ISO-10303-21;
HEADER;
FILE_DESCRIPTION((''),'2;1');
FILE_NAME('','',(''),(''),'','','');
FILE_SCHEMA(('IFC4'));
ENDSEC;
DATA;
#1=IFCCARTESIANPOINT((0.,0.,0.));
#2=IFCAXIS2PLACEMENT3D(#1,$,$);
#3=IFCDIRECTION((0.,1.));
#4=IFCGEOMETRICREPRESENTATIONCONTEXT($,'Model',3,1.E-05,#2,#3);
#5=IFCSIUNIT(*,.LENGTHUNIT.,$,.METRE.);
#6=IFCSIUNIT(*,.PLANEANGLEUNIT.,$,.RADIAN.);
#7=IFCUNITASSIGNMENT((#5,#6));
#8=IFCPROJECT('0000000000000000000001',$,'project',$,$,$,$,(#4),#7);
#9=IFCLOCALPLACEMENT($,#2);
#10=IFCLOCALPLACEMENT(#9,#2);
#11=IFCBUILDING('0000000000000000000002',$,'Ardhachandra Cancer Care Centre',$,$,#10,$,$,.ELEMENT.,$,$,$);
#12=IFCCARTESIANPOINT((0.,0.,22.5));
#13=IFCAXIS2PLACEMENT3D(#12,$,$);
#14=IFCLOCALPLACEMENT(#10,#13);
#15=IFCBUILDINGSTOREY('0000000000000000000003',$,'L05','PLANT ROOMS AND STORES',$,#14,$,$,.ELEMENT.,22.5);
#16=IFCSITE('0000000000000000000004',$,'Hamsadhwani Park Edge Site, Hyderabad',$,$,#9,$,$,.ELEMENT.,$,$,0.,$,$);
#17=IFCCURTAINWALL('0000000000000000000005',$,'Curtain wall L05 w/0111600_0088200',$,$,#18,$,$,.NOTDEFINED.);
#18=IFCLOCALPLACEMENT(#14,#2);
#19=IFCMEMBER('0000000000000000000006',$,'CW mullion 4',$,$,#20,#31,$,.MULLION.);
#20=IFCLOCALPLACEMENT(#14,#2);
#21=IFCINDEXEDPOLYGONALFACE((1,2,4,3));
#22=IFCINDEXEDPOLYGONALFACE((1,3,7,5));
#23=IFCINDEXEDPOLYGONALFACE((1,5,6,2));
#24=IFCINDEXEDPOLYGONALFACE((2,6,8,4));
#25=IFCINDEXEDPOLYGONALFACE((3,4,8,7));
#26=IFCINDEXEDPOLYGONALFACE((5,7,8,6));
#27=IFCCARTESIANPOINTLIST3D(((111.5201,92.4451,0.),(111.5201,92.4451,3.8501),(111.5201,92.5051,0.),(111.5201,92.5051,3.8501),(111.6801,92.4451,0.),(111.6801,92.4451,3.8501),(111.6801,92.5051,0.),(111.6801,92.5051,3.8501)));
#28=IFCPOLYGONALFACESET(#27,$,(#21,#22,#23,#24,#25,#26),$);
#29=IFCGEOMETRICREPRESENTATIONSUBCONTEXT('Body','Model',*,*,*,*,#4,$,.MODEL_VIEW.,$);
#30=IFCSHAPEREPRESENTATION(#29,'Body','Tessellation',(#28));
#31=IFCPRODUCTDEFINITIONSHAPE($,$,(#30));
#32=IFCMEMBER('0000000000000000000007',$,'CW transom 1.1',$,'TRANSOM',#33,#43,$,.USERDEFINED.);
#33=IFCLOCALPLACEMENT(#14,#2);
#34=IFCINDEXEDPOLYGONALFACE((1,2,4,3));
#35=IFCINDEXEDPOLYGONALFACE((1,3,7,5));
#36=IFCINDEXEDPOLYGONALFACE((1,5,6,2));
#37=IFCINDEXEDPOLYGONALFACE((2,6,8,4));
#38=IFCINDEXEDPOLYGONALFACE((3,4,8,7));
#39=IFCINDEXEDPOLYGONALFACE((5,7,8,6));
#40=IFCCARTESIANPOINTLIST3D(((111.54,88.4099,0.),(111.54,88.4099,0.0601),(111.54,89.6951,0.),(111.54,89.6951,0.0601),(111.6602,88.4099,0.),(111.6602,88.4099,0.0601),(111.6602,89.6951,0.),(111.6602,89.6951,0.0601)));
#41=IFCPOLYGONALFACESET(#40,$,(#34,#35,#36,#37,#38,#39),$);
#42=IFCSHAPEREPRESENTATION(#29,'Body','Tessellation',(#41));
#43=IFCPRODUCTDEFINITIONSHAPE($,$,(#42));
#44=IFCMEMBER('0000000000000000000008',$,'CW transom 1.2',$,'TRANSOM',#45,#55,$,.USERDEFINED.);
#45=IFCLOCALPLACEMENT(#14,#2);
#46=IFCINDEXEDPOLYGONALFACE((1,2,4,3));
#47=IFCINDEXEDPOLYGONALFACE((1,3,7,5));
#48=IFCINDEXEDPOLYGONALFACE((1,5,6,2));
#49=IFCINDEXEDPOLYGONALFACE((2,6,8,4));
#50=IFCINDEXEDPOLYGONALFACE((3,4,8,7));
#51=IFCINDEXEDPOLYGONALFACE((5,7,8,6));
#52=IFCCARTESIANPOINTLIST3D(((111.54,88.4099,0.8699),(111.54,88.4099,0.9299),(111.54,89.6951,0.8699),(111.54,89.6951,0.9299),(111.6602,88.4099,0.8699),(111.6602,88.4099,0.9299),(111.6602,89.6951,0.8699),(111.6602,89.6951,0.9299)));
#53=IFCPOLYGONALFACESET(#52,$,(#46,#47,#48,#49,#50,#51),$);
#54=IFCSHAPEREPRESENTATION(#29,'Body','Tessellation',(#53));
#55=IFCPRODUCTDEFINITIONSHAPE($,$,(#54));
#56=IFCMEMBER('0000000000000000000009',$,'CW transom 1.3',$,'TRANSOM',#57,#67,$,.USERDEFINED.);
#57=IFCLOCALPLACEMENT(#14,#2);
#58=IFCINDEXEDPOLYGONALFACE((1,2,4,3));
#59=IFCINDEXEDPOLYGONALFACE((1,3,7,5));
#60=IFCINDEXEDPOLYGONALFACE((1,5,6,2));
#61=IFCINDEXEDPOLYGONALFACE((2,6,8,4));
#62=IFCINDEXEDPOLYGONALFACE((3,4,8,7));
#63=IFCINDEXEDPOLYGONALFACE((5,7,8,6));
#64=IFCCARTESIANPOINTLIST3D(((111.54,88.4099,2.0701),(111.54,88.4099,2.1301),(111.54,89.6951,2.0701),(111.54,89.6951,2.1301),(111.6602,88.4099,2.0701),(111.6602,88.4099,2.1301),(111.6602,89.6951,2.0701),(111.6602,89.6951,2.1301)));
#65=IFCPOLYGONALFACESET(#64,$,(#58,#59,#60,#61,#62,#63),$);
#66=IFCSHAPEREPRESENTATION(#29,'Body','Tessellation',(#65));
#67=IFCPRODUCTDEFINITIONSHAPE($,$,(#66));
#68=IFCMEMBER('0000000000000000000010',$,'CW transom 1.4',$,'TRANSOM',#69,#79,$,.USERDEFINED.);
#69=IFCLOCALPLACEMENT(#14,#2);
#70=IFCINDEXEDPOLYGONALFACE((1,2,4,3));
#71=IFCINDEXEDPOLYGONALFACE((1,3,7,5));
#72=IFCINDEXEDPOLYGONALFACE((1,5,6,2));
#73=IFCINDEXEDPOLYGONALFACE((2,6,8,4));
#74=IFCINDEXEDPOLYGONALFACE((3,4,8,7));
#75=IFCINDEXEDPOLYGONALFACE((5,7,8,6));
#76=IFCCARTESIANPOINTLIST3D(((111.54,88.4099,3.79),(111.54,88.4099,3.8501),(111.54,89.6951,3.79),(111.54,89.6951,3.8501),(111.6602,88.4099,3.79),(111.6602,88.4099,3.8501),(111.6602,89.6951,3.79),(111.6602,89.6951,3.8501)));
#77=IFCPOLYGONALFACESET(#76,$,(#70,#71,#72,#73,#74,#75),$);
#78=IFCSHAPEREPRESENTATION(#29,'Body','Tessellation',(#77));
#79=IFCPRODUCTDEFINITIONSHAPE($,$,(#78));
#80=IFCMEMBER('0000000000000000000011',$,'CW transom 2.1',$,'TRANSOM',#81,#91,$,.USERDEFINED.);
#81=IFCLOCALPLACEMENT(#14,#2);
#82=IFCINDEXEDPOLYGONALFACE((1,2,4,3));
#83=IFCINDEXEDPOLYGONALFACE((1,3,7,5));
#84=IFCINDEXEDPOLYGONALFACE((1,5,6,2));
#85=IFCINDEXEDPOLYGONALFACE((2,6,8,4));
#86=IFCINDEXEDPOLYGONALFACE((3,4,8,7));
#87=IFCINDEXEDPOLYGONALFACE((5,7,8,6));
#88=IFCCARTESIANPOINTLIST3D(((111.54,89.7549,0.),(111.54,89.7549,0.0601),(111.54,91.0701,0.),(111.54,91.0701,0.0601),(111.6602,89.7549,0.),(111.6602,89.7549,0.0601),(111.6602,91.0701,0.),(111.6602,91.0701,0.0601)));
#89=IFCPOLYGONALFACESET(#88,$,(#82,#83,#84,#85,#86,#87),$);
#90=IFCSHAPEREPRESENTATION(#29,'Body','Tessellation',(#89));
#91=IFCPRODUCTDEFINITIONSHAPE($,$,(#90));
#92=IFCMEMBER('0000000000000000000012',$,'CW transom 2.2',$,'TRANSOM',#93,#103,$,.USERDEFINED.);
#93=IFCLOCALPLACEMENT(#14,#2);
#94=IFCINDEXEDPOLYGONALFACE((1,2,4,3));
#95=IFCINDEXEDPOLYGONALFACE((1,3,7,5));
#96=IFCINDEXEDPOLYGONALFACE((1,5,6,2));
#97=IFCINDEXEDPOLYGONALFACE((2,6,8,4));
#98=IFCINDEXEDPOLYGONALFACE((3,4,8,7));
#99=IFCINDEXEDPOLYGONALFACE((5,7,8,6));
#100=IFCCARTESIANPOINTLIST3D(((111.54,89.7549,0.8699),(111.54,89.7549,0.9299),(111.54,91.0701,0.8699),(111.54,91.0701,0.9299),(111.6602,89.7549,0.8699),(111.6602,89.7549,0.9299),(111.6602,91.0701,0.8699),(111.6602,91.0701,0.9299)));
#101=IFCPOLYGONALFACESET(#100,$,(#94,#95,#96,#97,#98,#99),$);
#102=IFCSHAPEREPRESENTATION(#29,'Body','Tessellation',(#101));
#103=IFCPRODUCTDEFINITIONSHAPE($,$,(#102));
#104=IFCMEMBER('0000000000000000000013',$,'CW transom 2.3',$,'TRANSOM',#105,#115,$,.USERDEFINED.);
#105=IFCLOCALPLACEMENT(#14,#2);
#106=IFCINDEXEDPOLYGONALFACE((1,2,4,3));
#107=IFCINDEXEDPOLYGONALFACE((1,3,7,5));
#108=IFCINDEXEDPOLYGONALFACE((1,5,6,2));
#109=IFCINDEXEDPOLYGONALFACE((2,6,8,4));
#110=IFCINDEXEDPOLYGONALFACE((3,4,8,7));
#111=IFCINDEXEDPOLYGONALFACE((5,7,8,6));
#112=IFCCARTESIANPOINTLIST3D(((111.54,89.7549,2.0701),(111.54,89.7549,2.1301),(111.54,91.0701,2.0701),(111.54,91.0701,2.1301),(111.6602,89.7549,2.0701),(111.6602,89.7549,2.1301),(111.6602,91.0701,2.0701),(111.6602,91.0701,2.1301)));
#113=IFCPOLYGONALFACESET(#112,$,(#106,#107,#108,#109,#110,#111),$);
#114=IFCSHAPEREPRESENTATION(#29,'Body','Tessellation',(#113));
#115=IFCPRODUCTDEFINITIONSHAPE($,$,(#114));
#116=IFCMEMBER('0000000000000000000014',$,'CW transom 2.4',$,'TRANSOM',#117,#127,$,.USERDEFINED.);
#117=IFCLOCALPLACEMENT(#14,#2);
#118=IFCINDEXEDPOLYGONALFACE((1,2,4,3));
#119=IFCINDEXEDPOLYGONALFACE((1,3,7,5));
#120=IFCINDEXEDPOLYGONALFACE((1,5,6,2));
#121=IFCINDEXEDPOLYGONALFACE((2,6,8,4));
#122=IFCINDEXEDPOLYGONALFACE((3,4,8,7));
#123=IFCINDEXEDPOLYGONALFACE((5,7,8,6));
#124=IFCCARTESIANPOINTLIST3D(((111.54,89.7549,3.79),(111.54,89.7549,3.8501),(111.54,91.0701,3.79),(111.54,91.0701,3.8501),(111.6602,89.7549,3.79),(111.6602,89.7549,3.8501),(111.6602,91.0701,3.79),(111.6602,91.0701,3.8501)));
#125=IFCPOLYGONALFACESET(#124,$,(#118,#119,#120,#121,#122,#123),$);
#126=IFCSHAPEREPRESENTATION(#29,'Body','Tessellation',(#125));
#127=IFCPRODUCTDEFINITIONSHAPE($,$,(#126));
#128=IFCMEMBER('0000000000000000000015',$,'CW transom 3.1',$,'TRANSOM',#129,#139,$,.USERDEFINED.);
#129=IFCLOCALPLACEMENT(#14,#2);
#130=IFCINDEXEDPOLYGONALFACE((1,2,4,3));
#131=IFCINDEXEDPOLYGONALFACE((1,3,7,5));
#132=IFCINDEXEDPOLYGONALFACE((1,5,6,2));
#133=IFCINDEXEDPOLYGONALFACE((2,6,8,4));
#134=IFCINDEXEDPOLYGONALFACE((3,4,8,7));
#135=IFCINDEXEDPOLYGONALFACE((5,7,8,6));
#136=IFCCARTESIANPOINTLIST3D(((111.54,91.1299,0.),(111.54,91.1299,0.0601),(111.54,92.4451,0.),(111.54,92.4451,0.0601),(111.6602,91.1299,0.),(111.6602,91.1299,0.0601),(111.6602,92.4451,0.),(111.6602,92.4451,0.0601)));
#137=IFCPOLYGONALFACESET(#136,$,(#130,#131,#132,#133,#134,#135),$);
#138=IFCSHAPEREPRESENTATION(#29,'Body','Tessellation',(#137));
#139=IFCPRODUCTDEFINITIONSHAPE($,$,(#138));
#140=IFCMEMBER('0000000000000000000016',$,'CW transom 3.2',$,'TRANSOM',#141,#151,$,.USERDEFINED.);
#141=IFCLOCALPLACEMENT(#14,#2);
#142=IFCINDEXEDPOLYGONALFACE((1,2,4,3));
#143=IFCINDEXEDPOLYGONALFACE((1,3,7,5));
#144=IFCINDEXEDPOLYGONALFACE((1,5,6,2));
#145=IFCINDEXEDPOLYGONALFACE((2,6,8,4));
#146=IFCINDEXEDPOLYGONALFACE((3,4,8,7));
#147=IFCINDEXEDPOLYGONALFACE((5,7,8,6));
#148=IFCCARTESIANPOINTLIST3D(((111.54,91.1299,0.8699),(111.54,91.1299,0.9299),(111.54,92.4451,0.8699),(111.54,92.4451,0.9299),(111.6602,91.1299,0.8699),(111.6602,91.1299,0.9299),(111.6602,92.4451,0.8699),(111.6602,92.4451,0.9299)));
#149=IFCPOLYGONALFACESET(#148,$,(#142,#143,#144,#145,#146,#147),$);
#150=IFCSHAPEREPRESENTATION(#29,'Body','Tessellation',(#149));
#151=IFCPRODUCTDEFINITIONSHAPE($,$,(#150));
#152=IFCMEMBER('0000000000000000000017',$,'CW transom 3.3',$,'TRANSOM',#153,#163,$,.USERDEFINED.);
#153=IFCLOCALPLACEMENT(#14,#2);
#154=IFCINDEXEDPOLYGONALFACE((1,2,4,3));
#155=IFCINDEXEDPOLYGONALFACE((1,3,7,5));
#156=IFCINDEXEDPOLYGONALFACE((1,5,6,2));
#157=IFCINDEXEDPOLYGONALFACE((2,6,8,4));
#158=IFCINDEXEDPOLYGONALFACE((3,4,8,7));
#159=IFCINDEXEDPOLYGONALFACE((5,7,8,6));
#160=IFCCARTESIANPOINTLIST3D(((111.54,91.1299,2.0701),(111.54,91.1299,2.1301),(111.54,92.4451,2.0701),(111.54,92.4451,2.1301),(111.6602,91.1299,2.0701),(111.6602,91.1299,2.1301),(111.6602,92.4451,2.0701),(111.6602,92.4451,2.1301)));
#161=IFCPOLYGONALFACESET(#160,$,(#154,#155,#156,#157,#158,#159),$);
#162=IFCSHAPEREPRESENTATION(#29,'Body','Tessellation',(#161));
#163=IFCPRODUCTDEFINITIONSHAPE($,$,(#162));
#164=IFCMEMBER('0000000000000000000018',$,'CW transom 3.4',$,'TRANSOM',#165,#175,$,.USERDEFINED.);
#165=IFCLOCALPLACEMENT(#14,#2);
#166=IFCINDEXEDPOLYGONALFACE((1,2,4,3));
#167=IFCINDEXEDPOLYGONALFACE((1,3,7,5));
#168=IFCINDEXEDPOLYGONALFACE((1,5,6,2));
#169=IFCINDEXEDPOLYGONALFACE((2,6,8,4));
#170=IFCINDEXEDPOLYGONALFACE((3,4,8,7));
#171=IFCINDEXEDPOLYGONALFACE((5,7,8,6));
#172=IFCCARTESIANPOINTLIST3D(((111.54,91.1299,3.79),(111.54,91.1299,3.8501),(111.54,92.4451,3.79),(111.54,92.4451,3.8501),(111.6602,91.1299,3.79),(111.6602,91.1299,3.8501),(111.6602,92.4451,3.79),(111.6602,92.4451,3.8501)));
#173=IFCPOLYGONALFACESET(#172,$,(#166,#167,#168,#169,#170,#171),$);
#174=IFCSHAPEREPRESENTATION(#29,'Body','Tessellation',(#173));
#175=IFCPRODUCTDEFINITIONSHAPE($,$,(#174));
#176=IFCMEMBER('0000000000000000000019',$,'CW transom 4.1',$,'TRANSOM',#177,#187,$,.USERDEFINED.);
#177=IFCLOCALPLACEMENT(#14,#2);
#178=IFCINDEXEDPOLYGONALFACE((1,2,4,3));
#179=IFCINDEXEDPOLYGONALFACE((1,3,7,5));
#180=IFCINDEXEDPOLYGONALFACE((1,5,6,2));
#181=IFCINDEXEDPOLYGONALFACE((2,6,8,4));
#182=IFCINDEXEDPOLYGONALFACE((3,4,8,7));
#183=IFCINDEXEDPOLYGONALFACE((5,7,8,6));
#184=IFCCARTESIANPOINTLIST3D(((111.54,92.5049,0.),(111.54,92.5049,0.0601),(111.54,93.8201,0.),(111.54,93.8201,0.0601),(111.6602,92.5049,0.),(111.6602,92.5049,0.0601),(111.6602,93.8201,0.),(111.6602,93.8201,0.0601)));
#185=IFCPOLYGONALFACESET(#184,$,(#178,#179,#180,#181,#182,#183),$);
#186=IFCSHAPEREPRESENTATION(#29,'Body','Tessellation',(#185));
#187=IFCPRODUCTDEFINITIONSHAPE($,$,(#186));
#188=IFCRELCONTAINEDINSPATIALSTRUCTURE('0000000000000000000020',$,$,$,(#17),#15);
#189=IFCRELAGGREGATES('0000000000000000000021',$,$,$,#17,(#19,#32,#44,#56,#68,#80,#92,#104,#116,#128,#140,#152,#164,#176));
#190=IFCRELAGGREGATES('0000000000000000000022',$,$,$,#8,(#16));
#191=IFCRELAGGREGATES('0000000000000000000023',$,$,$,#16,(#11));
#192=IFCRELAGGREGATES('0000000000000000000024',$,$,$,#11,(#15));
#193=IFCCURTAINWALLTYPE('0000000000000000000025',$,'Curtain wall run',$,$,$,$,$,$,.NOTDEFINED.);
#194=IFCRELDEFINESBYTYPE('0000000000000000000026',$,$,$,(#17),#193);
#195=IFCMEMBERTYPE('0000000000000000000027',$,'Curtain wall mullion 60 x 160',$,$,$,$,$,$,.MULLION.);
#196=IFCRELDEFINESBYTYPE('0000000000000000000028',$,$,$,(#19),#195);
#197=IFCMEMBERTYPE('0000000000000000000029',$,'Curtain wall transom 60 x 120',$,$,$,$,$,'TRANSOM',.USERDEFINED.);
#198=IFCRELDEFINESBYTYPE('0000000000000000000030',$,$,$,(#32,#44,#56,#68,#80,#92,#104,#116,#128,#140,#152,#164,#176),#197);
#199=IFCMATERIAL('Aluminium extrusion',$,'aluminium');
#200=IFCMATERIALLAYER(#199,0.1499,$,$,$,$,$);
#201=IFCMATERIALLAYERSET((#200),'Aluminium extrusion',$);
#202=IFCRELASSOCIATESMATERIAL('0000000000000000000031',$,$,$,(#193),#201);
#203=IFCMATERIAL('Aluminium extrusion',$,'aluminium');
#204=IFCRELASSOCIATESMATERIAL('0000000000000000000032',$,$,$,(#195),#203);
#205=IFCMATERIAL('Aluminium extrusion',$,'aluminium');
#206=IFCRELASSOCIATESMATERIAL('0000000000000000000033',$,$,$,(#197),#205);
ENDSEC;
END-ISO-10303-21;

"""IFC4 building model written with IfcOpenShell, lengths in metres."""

from ifc_helpers import new_model, si_unit, direction, frame, origin, origin_2d, place, context, subcontext, project, spatial, rectangle, extrude, material, layer, layer_set, material_profile, profile_set, type_object, element, aggregate, save


model = new_model("IFC4")

# Units and contexts
model_context = context("Model", 3, precision=1e-05, world=origin(), true_north=direction((0.0, 1.0)))
body_context = subcontext(model_context, "Body", "Model", "MODEL_VIEW")
ifc_project = project(units=[si_unit("LENGTHUNIT", "METRE"), si_unit("PLANEANGLEUNIT", "RADIAN")], contexts=[model_context])

# Site, building, storey
site_placement = place(None, origin())
site = spatial("IfcSite", under=ifc_project, at=site_placement, Name="Hamsadhwani Park Edge Site, Hyderabad", CompositionType="ELEMENT", RefElevation=0.0)
building_placement = place(site_placement, origin())
building = spatial("IfcBuilding", under=site, at=building_placement, Name="Ardhachandra Cancer Care Centre", CompositionType="ELEMENT")
storey_placement = place(building_placement, frame((0.0, 0.0, 22.5)))
storey = spatial("IfcBuildingStorey", under=building, at=storey_placement, Name="L05", Description="PLANT ROOMS AND STORES", CompositionType="ELEMENT", Elevation=22.5)

# Curtain wall, members
ifc_material_1 = material(Name="Aluminium extrusion", Category="aluminium")
ifc_layer_1 = layer(ifc_material_1, 0.1499)
ifc_layer_set_1 = layer_set([ifc_layer_1], Name="Aluminium extrusion")
curtain_wall_type = type_object("IfcCurtainWallType", Name="Curtain wall run", PredefinedType="NOTDEFINED", material=ifc_layer_set_1)
curtain_wall_placement = place(storey_placement, origin())
curtain_wall = element("IfcCurtainWall", 1, at=curtain_wall_placement, inside=storey, type_object=curtain_wall_type, Name="Curtain wall L05 w/0111600_0088200", PredefinedType="NOTDEFINED")
ifc_material_2 = material(Name="Aluminium extrusion", Category="aluminium")
ifc_material_profile_1 = material_profile(ifc_material_2, rectangle(XDim=0.1599, YDim=0.0601, at=origin_2d()), Name="Curtain wall mullion 60 x 160")
ifc_profile_set_1 = profile_set([ifc_material_profile_1], Name="Aluminium extrusion")
member_type_1 = type_object("IfcMemberType", Name="Curtain wall mullion 60 x 160", PredefinedType="MULLION", material=ifc_profile_set_1)
member_1_placement = place(storey_placement, frame((111.6001, 92.4751, 0.0), z_axis=(0.0, 0.0, 1.0), x_axis=(-1.0, 0.0, 0.0)))
member_1 = element("IfcMember", 2, at=member_1_placement, type_object=member_type_1, Name="CW mullion 4", PredefinedType="MULLION", context=body_context, shape_type="SweptSolid", body=[
    extrude(rectangle(XDim=0.1599, YDim=0.0601, at=origin_2d()), origin(), (0.0, 0.0, 1.0), 3.8501),
])
ifc_material_3 = material(Name="Aluminium extrusion", Category="aluminium")
ifc_material_profile_2 = material_profile(ifc_material_3, rectangle(XDim=0.1201, YDim=0.0601, at=origin_2d()), Name="Curtain wall transom 60 x 120")
ifc_profile_set_2 = profile_set([ifc_material_profile_2], Name="Aluminium extrusion")
member_type_2 = type_object("IfcMemberType", Name="Curtain wall transom 60 x 120", ElementType="TRANSOM", PredefinedType="USERDEFINED", material=ifc_profile_set_2)
member_2_placement = place(storey_placement, frame((111.6001, 88.4099, 0.03), z_axis=(0.0, 1.0, 0.0), x_axis=(-1.0, 0.0, 0.0)))
member_2 = element("IfcMember", 3, at=member_2_placement, type_object=member_type_2, Name="CW transom 1.1", ObjectType="TRANSOM", PredefinedType="USERDEFINED", context=body_context, shape_type="SweptSolid", body=[
    extrude(rectangle(XDim=0.1201, YDim=0.0601, at=origin_2d()), origin(), (0.0, 0.0, 1.0), 1.2852),
])
member_3_placement = place(storey_placement, frame((111.6001, 88.4099, 0.8999), z_axis=(0.0, 1.0, 0.0), x_axis=(-1.0, 0.0, 0.0)))
member_3 = element("IfcMember", 4, at=member_3_placement, type_object=member_type_2, Name="CW transom 1.2", ObjectType="TRANSOM", PredefinedType="USERDEFINED", context=body_context, shape_type="SweptSolid", body=[
    extrude(rectangle(XDim=0.1201, YDim=0.0601, at=origin_2d()), origin(), (0.0, 0.0, 1.0), 1.2852),
])
member_4_placement = place(storey_placement, frame((111.6001, 88.4099, 2.1001), z_axis=(0.0, 1.0, 0.0), x_axis=(-1.0, 0.0, 0.0)))
member_4 = element("IfcMember", 5, at=member_4_placement, type_object=member_type_2, Name="CW transom 1.3", ObjectType="TRANSOM", PredefinedType="USERDEFINED", context=body_context, shape_type="SweptSolid", body=[
    extrude(rectangle(XDim=0.1201, YDim=0.0601, at=origin_2d()), origin(), (0.0, 0.0, 1.0), 1.2852),
])
member_5_placement = place(storey_placement, frame((111.6001, 88.4099, 3.8201), z_axis=(0.0, 1.0, 0.0), x_axis=(-1.0, 0.0, 0.0)))
member_5 = element("IfcMember", 6, at=member_5_placement, type_object=member_type_2, Name="CW transom 1.4", ObjectType="TRANSOM", PredefinedType="USERDEFINED", context=body_context, shape_type="SweptSolid", body=[
    extrude(rectangle(XDim=0.1201, YDim=0.0601, at=origin_2d()), origin(), (0.0, 0.0, 1.0), 1.2852),
])
member_6_placement = place(storey_placement, frame((111.6001, 89.7549, 0.03), z_axis=(0.0, 1.0, 0.0), x_axis=(-1.0, 0.0, 0.0)))
member_6 = element("IfcMember", 7, at=member_6_placement, type_object=member_type_2, Name="CW transom 2.1", ObjectType="TRANSOM", PredefinedType="USERDEFINED", context=body_context, shape_type="SweptSolid", body=[
    extrude(rectangle(XDim=0.1201, YDim=0.0601, at=origin_2d()), origin(), (0.0, 0.0, 1.0), 1.3152),
])
member_7_placement = place(storey_placement, frame((111.6001, 89.7549, 0.8999), z_axis=(0.0, 1.0, 0.0), x_axis=(-1.0, 0.0, 0.0)))
member_7 = element("IfcMember", 8, at=member_7_placement, type_object=member_type_2, Name="CW transom 2.2", ObjectType="TRANSOM", PredefinedType="USERDEFINED", context=body_context, shape_type="SweptSolid", body=[
    extrude(rectangle(XDim=0.1201, YDim=0.0601, at=origin_2d()), origin(), (0.0, 0.0, 1.0), 1.3152),
])
member_8_placement = place(storey_placement, frame((111.6001, 89.7549, 2.1001), z_axis=(0.0, 1.0, 0.0), x_axis=(-1.0, 0.0, 0.0)))
member_8 = element("IfcMember", 9, at=member_8_placement, type_object=member_type_2, Name="CW transom 2.3", ObjectType="TRANSOM", PredefinedType="USERDEFINED", context=body_context, shape_type="SweptSolid", body=[
    extrude(rectangle(XDim=0.1201, YDim=0.0601, at=origin_2d()), origin(), (0.0, 0.0, 1.0), 1.3152),
])
member_9_placement = place(storey_placement, frame((111.6001, 89.7549, 3.8201), z_axis=(0.0, 1.0, 0.0), x_axis=(-1.0, 0.0, 0.0)))
member_9 = element("IfcMember", 10, at=member_9_placement, type_object=member_type_2, Name="CW transom 2.4", ObjectType="TRANSOM", PredefinedType="USERDEFINED", context=body_context, shape_type="SweptSolid", body=[
    extrude(rectangle(XDim=0.1201, YDim=0.0601, at=origin_2d()), origin(), (0.0, 0.0, 1.0), 1.3152),
])
member_10_placement = place(storey_placement, frame((111.6001, 91.1299, 0.03), z_axis=(0.0, 1.0, 0.0), x_axis=(-1.0, 0.0, 0.0)))
member_10 = element("IfcMember", 11, at=member_10_placement, type_object=member_type_2, Name="CW transom 3.1", ObjectType="TRANSOM", PredefinedType="USERDEFINED", context=body_context, shape_type="SweptSolid", body=[
    extrude(rectangle(XDim=0.1201, YDim=0.0601, at=origin_2d()), origin(), (0.0, 0.0, 1.0), 1.3152),
])
member_11_placement = place(storey_placement, frame((111.6001, 91.1299, 0.8999), z_axis=(0.0, 1.0, 0.0), x_axis=(-1.0, 0.0, 0.0)))
member_11 = element("IfcMember", 12, at=member_11_placement, type_object=member_type_2, Name="CW transom 3.2", ObjectType="TRANSOM", PredefinedType="USERDEFINED", context=body_context, shape_type="SweptSolid", body=[
    extrude(rectangle(XDim=0.1201, YDim=0.0601, at=origin_2d()), origin(), (0.0, 0.0, 1.0), 1.3152),
])
member_12_placement = place(storey_placement, frame((111.6001, 91.1299, 2.1001), z_axis=(0.0, 1.0, 0.0), x_axis=(-1.0, 0.0, 0.0)))
member_12 = element("IfcMember", 13, at=member_12_placement, type_object=member_type_2, Name="CW transom 3.3", ObjectType="TRANSOM", PredefinedType="USERDEFINED", context=body_context, shape_type="SweptSolid", body=[
    extrude(rectangle(XDim=0.1201, YDim=0.0601, at=origin_2d()), origin(), (0.0, 0.0, 1.0), 1.3152),
])
member_13_placement = place(storey_placement, frame((111.6001, 91.1299, 3.8201), z_axis=(0.0, 1.0, 0.0), x_axis=(-1.0, 0.0, 0.0)))
member_13 = element("IfcMember", 14, at=member_13_placement, type_object=member_type_2, Name="CW transom 3.4", ObjectType="TRANSOM", PredefinedType="USERDEFINED", context=body_context, shape_type="SweptSolid", body=[
    extrude(rectangle(XDim=0.1201, YDim=0.0601, at=origin_2d()), origin(), (0.0, 0.0, 1.0), 1.3152),
])
member_14_placement = place(storey_placement, frame((111.6001, 92.5049, 0.03), z_axis=(0.0, 1.0, 0.0), x_axis=(-1.0, 0.0, 0.0)))
member_14 = element("IfcMember", 15, at=member_14_placement, type_object=member_type_2, Name="CW transom 4.1", ObjectType="TRANSOM", PredefinedType="USERDEFINED", context=body_context, shape_type="SweptSolid", body=[
    extrude(rectangle(XDim=0.1201, YDim=0.0601, at=origin_2d()), origin(), (0.0, 0.0, 1.0), 1.3152),
])
aggregate(curtain_wall, [member_1, member_2, member_3, member_4, member_5, member_6, member_7, member_8, member_9, member_10, member_11, member_12, member_13, member_14])

save(model, "model.ifc")
